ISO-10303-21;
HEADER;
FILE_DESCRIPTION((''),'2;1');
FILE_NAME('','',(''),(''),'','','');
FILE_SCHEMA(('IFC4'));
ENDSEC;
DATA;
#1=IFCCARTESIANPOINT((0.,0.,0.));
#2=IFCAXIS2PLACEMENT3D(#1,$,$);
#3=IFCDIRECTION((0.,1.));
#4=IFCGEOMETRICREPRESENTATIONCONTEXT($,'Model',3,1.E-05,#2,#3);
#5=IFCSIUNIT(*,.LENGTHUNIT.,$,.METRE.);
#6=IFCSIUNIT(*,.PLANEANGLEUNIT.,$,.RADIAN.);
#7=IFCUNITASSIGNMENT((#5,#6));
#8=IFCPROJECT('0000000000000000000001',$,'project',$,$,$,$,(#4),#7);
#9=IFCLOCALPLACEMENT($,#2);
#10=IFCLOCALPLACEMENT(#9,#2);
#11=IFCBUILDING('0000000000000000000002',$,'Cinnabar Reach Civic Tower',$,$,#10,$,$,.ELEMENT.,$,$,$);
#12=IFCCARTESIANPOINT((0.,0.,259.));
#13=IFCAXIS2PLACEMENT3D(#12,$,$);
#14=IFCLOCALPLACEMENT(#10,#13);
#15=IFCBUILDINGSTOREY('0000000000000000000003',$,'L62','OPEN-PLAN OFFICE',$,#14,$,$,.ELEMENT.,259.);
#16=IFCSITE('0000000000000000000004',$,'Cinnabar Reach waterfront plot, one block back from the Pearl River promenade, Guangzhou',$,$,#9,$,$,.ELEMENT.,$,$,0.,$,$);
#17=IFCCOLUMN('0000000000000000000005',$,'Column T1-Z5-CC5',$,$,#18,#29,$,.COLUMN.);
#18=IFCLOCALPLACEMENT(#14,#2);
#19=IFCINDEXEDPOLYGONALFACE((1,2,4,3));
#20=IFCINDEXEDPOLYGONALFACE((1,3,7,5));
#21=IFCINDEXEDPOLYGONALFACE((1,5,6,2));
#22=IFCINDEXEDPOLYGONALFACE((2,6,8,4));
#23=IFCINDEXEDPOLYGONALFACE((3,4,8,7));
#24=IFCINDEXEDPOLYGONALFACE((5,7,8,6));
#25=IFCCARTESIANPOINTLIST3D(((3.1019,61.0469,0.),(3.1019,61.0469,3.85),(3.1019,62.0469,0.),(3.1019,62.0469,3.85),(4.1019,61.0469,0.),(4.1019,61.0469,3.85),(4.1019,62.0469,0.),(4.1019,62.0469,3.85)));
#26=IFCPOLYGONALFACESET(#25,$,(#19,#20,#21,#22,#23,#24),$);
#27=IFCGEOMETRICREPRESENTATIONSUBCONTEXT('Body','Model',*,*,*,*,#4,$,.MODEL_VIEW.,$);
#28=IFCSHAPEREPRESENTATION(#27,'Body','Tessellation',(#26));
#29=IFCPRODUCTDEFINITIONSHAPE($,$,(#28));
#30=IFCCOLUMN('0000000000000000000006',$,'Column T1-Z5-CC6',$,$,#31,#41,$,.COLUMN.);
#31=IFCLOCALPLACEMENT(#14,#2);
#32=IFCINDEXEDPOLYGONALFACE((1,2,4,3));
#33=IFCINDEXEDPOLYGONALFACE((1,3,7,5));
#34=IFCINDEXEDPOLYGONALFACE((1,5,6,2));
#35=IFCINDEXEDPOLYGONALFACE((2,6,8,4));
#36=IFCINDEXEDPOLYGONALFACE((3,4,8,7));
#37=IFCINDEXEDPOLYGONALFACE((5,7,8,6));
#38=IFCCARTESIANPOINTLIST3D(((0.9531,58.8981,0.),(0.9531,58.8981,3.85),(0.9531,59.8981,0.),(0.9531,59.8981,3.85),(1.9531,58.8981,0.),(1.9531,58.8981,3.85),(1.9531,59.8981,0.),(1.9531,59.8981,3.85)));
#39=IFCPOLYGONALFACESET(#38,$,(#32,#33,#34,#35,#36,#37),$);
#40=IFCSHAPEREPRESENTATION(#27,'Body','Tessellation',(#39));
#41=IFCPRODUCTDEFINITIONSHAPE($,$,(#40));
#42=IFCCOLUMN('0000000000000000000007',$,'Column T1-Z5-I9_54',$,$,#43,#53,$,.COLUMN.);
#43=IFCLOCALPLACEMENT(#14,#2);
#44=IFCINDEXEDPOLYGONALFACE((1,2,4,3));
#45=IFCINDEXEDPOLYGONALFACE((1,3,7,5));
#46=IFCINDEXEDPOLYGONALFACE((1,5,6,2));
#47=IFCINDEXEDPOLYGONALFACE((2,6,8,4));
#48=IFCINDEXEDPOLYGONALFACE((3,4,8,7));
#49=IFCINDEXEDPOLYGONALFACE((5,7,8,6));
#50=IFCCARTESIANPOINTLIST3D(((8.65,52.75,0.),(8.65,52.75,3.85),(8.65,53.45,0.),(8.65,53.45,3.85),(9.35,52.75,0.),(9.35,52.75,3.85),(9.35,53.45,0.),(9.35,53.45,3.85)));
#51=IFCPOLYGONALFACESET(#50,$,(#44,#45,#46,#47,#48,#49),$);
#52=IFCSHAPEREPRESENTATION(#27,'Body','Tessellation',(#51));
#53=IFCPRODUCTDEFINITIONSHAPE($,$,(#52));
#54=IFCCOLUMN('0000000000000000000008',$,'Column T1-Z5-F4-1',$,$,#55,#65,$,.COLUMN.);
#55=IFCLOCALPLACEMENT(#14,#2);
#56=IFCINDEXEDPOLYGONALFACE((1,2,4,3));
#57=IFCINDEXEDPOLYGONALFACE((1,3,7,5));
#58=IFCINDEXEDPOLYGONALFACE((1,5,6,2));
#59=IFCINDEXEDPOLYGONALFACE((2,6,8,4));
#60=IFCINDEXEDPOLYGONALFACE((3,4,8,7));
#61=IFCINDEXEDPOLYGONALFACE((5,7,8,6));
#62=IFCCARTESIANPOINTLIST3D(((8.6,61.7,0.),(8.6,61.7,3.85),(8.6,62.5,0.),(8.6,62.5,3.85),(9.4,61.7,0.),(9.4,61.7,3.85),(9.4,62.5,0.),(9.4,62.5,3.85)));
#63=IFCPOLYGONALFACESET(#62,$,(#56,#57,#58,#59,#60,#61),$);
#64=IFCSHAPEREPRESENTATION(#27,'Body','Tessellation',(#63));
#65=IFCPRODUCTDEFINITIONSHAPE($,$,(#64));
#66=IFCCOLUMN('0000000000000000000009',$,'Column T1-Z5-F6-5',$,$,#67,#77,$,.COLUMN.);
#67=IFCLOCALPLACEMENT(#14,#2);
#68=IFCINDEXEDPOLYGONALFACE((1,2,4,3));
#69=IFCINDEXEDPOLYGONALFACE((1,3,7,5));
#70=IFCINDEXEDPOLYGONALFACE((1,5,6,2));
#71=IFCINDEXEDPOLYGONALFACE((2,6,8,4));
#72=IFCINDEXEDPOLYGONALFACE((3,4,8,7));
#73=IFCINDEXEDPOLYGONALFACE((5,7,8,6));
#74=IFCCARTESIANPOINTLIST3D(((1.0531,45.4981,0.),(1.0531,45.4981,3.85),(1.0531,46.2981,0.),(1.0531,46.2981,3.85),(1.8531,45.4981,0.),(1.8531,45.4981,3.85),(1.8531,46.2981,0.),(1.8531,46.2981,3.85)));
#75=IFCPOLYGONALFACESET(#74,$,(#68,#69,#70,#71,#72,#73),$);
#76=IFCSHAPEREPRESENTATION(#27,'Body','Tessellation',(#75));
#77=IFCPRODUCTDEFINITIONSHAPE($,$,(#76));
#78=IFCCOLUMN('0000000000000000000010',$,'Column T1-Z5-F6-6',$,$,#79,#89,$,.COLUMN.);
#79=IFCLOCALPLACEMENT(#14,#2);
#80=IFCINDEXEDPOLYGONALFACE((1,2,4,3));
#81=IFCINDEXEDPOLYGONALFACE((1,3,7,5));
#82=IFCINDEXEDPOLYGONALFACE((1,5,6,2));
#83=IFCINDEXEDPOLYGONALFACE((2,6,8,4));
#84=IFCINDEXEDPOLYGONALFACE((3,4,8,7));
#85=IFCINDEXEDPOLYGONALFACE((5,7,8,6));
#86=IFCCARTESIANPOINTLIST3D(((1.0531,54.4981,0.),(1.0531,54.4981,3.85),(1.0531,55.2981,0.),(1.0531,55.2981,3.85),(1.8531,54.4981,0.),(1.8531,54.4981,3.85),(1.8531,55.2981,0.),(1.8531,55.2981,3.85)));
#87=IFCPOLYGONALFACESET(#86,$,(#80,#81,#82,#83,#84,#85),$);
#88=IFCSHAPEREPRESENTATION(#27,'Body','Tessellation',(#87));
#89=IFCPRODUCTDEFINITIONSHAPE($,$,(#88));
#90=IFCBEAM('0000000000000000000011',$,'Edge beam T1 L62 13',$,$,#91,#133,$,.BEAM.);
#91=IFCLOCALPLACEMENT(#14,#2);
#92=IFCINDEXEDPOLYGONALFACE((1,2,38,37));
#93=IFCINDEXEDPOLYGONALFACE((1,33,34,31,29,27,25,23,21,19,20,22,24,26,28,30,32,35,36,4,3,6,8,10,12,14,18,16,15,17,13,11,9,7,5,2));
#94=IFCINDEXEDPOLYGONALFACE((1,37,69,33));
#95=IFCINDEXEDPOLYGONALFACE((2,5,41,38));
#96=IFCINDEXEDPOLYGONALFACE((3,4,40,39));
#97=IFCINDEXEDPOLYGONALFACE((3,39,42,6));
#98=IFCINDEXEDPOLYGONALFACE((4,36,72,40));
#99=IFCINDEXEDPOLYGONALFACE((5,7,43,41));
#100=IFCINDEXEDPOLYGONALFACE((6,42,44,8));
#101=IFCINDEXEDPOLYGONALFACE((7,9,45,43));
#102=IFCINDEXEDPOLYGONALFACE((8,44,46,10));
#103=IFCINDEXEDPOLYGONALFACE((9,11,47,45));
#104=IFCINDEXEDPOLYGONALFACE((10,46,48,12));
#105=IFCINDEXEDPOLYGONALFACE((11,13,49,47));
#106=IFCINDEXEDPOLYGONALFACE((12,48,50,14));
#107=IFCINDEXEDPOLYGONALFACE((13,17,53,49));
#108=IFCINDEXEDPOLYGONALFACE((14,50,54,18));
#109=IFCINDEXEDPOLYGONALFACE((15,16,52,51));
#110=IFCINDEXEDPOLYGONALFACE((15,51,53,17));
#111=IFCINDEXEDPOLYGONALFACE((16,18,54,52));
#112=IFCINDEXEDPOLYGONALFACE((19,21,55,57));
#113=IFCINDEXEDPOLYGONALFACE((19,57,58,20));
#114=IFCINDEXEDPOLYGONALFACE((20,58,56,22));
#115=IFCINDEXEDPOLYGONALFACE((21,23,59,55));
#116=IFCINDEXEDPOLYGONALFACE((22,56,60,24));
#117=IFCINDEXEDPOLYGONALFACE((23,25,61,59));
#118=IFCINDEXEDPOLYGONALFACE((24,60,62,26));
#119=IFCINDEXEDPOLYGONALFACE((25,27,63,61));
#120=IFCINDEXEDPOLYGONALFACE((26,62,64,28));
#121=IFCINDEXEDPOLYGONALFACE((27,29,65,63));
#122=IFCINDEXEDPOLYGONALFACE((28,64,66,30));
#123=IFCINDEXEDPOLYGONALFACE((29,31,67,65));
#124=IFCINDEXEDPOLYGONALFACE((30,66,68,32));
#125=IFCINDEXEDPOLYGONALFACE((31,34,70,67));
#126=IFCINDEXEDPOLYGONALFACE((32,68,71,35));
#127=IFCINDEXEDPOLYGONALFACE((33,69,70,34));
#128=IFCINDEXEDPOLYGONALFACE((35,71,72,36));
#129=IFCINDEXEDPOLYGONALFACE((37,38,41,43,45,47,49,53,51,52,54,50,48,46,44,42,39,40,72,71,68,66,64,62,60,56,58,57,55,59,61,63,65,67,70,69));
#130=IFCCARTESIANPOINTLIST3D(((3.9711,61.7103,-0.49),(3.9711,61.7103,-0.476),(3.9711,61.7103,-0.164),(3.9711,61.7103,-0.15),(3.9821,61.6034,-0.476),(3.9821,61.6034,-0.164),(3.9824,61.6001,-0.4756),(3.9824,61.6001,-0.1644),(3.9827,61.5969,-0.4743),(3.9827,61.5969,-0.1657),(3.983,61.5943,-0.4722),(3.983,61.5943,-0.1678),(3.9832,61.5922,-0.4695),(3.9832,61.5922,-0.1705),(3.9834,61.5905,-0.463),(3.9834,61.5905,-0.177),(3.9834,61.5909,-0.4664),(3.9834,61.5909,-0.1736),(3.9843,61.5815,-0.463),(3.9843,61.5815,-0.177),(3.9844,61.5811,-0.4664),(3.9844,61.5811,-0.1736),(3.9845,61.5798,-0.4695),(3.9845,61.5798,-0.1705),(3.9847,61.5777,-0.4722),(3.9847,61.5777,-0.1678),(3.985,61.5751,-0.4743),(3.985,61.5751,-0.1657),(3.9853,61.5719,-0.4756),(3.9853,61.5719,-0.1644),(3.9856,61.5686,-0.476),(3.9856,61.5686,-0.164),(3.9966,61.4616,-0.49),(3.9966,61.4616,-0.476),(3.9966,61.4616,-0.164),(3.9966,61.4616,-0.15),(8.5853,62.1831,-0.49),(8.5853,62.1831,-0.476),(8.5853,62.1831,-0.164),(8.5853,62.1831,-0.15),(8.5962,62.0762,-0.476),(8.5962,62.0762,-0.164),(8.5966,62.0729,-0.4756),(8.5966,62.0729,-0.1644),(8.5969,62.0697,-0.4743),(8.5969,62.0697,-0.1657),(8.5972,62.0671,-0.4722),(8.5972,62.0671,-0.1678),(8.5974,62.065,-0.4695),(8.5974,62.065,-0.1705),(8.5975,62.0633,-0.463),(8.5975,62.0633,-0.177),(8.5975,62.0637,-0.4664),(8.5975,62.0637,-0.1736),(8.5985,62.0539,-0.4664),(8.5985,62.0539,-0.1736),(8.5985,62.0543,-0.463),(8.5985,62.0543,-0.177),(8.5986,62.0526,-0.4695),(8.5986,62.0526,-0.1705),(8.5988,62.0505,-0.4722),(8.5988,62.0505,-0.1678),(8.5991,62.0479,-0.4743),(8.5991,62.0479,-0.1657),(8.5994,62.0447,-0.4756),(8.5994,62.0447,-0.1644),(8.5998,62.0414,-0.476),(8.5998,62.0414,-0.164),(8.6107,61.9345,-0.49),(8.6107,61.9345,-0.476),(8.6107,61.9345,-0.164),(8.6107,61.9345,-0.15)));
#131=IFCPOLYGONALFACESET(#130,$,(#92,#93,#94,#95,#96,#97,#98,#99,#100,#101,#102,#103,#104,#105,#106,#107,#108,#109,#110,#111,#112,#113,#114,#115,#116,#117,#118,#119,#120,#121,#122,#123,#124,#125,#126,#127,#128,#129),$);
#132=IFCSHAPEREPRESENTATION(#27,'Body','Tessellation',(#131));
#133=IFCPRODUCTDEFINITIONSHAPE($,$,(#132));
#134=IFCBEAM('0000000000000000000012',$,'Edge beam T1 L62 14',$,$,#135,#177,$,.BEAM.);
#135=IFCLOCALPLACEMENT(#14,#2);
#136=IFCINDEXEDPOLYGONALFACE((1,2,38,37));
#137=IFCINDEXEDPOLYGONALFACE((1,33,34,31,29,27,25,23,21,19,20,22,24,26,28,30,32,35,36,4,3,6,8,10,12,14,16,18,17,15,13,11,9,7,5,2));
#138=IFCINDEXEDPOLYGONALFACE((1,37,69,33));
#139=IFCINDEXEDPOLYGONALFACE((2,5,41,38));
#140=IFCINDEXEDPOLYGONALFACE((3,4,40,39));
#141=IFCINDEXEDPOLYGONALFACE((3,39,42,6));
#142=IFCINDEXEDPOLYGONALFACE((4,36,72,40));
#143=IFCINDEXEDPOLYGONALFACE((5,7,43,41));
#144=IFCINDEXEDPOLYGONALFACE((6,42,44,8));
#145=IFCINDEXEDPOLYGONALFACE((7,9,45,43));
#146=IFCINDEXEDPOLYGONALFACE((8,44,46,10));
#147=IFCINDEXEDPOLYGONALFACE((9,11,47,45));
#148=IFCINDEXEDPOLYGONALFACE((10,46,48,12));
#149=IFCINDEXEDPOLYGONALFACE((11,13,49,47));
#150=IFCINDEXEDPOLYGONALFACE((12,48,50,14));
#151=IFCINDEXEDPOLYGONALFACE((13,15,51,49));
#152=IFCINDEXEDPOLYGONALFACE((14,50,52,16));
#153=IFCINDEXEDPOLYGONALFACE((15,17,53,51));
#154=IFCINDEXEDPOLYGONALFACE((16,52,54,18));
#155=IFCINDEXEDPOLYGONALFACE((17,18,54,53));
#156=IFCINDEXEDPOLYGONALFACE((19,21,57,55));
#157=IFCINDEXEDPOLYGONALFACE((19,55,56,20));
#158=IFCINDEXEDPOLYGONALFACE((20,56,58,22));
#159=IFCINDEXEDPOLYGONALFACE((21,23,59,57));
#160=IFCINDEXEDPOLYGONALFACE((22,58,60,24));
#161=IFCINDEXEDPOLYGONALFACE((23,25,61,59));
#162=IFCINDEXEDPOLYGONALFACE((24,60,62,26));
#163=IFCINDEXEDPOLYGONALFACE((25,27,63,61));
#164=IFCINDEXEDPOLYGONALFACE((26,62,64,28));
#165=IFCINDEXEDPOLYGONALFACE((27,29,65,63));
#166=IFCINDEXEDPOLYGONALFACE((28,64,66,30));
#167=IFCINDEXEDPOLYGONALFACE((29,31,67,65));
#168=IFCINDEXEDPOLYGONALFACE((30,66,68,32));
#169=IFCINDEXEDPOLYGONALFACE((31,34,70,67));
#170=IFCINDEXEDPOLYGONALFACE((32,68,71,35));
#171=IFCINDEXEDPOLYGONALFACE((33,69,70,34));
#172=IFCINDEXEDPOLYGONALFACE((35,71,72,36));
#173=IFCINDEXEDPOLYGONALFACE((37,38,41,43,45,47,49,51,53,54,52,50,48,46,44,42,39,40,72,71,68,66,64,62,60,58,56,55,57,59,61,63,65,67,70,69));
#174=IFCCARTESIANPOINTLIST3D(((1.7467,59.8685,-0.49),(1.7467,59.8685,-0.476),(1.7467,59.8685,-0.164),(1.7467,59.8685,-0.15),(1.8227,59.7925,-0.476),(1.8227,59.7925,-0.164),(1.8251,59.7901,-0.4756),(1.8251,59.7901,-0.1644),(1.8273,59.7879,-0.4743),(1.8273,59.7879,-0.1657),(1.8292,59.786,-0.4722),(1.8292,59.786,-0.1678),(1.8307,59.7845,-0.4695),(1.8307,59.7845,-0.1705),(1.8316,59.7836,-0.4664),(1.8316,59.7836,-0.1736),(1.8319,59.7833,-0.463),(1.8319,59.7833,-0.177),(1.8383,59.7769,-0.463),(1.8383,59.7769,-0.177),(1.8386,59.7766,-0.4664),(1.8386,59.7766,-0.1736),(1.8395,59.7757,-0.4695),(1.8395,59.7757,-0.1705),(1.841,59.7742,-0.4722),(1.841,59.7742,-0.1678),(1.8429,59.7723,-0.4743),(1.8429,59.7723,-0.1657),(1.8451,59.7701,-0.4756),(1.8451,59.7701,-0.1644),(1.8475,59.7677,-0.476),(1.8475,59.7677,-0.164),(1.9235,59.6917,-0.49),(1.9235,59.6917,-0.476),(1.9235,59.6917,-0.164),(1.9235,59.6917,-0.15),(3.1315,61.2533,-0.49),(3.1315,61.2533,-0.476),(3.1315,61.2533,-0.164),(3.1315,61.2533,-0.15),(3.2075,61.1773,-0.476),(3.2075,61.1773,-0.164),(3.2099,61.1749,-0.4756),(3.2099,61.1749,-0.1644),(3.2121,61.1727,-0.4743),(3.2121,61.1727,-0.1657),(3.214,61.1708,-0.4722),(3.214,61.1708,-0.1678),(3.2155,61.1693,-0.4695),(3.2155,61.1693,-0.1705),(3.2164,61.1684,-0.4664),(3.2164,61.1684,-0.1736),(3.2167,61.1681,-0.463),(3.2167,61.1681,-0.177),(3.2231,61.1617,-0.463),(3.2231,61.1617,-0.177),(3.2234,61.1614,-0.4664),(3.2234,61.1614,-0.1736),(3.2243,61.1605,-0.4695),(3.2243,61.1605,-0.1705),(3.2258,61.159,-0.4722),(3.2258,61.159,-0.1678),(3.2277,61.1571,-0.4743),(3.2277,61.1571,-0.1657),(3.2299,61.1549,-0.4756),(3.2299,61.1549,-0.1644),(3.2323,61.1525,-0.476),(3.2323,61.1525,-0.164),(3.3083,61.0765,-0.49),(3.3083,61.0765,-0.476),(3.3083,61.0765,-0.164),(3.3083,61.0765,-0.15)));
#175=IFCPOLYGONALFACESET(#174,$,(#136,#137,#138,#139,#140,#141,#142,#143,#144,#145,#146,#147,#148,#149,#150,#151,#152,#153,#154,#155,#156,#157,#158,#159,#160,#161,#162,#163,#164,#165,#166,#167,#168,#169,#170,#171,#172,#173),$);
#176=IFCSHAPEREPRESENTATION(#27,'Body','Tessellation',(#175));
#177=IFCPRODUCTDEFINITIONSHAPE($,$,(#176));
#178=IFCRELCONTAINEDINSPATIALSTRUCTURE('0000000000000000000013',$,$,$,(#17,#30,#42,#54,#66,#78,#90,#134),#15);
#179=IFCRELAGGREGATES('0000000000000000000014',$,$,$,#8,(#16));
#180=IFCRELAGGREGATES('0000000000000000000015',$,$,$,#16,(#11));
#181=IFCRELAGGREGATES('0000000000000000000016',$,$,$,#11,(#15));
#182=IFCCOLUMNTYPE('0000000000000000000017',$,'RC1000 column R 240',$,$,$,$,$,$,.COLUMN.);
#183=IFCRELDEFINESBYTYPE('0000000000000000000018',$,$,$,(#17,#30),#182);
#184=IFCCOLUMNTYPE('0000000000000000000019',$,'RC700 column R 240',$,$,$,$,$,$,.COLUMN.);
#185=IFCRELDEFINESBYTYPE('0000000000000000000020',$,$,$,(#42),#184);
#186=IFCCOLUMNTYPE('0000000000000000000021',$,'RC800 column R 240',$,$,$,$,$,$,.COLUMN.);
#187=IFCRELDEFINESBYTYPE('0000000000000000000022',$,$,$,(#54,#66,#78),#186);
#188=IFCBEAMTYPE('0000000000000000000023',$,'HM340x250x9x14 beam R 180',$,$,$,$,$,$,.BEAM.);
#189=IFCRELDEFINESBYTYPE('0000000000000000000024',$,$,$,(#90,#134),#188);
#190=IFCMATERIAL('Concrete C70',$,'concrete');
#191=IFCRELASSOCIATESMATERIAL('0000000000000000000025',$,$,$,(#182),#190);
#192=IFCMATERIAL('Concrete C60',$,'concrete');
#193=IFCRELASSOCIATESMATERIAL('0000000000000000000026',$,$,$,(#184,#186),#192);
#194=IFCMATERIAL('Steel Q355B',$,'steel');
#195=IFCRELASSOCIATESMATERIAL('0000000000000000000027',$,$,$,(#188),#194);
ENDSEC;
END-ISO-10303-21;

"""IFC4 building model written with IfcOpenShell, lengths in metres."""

from ifc_helpers import new_model, si_unit, direction, frame, origin, origin_2d, place, context, subcontext, project, spatial, rectangle, i_section, extrude, material, material_profile, profile_set, type_object, element, save


model = new_model("IFC4")

# Units and contexts
model_context = context("Model", 3, precision=1e-05, world=origin(), true_north=direction((0.0, 1.0)))
body_context = subcontext(model_context, "Body", "Model", "MODEL_VIEW")
ifc_project = project(units=[si_unit("LENGTHUNIT", "METRE"), si_unit("PLANEANGLEUNIT", "RADIAN")], contexts=[model_context])

# Site, building, storey
site_placement = place(None, origin())
site = spatial("IfcSite", under=ifc_project, at=site_placement, Name="Cinnabar Reach waterfront plot, one block back from the Pearl River promenade, Guangzhou", CompositionType="ELEMENT", RefElevation=0.0)
building_placement = place(site_placement, origin())
building = spatial("IfcBuilding", under=site, at=building_placement, Name="Cinnabar Reach Civic Tower", CompositionType="ELEMENT")
storey_placement = place(building_placement, frame((0.0, 0.0, 259.0)))
storey = spatial("IfcBuildingStorey", under=building, at=storey_placement, Name="L62", Description="OPEN-PLAN OFFICE", CompositionType="ELEMENT", Elevation=259.0)

# Columns
ifc_material_1 = material(Name="Concrete C70", Category="concrete")
ifc_material_profile_1 = material_profile(ifc_material_1, rectangle(XDim=1.0, YDim=1.0, at=origin_2d()), Name="RC1000")
ifc_profile_set_1 = profile_set([ifc_material_profile_1], Name="Concrete C70")
column_type_1 = type_object("IfcColumnType", Name="RC1000 column R 240", PredefinedType="COLUMN", material=ifc_profile_set_1)
for number, where, z_axis, x_axis, name in (
    (1, (3.6019, 61.5469, 0.0), (0.0, 0.0, 1.0), (1.0, 0.0, 0.0), "Column T1-Z5-CC5"),
    (2, (1.4531, 59.3981, 0.0), (0.0, 0.0, 1.0), (1.0, 0.0, 0.0), "Column T1-Z5-CC6"),
):
    element("IfcColumn", number, at=place(storey_placement, frame(where, z_axis=z_axis, x_axis=x_axis)), inside=storey, type_object=column_type_1, Name=name, PredefinedType="COLUMN", context=body_context, shape_type="SweptSolid", body=[
        extrude(rectangle(XDim=1.0, YDim=1.0, at=origin_2d()), origin(), (0.0, 0.0, 1.0), 3.85),
    ])
ifc_material_2 = material(Name="Concrete C60", Category="concrete")
ifc_material_profile_2 = material_profile(ifc_material_2, rectangle(XDim=0.7, YDim=0.7, at=origin_2d()), Name="RC700")
ifc_profile_set_2 = profile_set([ifc_material_profile_2], Name="Concrete C60")
column_type_2 = type_object("IfcColumnType", Name="RC700 column R 240", PredefinedType="COLUMN", material=ifc_profile_set_2)
column_placement = place(storey_placement, frame((9.0, 53.1, 0.0), z_axis=(0.0, 0.0, 1.0), x_axis=(1.0, 0.0, 0.0)))
element("IfcColumn", 3, at=column_placement, inside=storey, type_object=column_type_2, Name="Column T1-Z5-I9_54", PredefinedType="COLUMN", context=body_context, shape_type="SweptSolid", body=[
    extrude(rectangle(XDim=0.7, YDim=0.7, at=origin_2d()), origin(), (0.0, 0.0, 1.0), 3.85),
])
ifc_material_profile_3 = material_profile(ifc_material_2, rectangle(XDim=0.8, YDim=0.8, at=origin_2d()), Name="RC800")
ifc_profile_set_3 = profile_set([ifc_material_profile_3], Name="Concrete C60")
column_type_3 = type_object("IfcColumnType", Name="RC800 column R 240", PredefinedType="COLUMN", material=ifc_profile_set_3)
for number, where, z_axis, x_axis, name in (
    (4, (9.0, 62.1, 0.0), (0.0, 0.0, 1.0), (1.0, 0.0, 0.0), "Column T1-Z5-F4-1"),
    (5, (1.4531, 45.8981, 0.0), (0.0, 0.0, 1.0), (1.0, 0.0, 0.0), "Column T1-Z5-F6-5"),
    (6, (1.4531, 54.8981, 0.0), (0.0, 0.0, 1.0), (1.0, 0.0, 0.0), "Column T1-Z5-F6-6"),
):
    element("IfcColumn", number, at=place(storey_placement, frame(where, z_axis=z_axis, x_axis=x_axis)), inside=storey, type_object=column_type_3, Name=name, PredefinedType="COLUMN", context=body_context, shape_type="SweptSolid", body=[
        extrude(rectangle(XDim=0.8, YDim=0.8, at=origin_2d()), origin(), (0.0, 0.0, 1.0), 3.85),
    ])

# Beams
ifc_material_3 = material(Name="Steel Q355B", Category="steel")
ifc_material_profile_4 = material_profile(ifc_material_3, i_section(OverallWidth=0.25, OverallDepth=0.34, WebThickness=0.009, FlangeThickness=0.014, FilletRadius=0.013, at=origin_2d()), Name="HM340x250x9x14")
ifc_profile_set_4 = profile_set([ifc_material_profile_4], Name="Steel Q355B")
beam_type_1 = type_object("IfcBeamType", Name="HM340x250x9x14 beam R 180", PredefinedType="BEAM", material=ifc_profile_set_4)
beam_1_placement = place(storey_placement, frame((8.598, 62.0588, -0.32), z_axis=(-0.994791, -0.101935, 0.0), x_axis=(0.101935, -0.994791, 0.0)))
element("IfcBeam", 7, at=beam_1_placement, inside=storey, type_object=beam_type_1, Name="Edge beam T1 L62 13", PredefinedType="BEAM", context=body_context, shape_type="SweptSolid", body=[
    extrude(i_section(OverallWidth=0.25, OverallDepth=0.34, WebThickness=0.009, FlangeThickness=0.014, FilletRadius=0.013, at=origin_2d()), origin(), (0.0, 0.0, 1.0), 4.6383),
])
beam_2_placement = place(storey_placement, frame((3.2199, 61.1649, -0.32), z_axis=(-0.707107, -0.707107, 0.0), x_axis=(0.707107, -0.707107, 0.0)))
element("IfcBeam", 8, at=beam_2_placement, inside=storey, type_object=beam_type_1, Name="Edge beam T1 L62 14", PredefinedType="BEAM", context=body_context, shape_type="SweptSolid", body=[
    extrude(i_section(OverallWidth=0.25, OverallDepth=0.34, WebThickness=0.009, FlangeThickness=0.014, FilletRadius=0.013, at=origin_2d()), origin(), (0.0, 0.0, 1.0), 1.9584),
])

save(model, "model.ifc")
